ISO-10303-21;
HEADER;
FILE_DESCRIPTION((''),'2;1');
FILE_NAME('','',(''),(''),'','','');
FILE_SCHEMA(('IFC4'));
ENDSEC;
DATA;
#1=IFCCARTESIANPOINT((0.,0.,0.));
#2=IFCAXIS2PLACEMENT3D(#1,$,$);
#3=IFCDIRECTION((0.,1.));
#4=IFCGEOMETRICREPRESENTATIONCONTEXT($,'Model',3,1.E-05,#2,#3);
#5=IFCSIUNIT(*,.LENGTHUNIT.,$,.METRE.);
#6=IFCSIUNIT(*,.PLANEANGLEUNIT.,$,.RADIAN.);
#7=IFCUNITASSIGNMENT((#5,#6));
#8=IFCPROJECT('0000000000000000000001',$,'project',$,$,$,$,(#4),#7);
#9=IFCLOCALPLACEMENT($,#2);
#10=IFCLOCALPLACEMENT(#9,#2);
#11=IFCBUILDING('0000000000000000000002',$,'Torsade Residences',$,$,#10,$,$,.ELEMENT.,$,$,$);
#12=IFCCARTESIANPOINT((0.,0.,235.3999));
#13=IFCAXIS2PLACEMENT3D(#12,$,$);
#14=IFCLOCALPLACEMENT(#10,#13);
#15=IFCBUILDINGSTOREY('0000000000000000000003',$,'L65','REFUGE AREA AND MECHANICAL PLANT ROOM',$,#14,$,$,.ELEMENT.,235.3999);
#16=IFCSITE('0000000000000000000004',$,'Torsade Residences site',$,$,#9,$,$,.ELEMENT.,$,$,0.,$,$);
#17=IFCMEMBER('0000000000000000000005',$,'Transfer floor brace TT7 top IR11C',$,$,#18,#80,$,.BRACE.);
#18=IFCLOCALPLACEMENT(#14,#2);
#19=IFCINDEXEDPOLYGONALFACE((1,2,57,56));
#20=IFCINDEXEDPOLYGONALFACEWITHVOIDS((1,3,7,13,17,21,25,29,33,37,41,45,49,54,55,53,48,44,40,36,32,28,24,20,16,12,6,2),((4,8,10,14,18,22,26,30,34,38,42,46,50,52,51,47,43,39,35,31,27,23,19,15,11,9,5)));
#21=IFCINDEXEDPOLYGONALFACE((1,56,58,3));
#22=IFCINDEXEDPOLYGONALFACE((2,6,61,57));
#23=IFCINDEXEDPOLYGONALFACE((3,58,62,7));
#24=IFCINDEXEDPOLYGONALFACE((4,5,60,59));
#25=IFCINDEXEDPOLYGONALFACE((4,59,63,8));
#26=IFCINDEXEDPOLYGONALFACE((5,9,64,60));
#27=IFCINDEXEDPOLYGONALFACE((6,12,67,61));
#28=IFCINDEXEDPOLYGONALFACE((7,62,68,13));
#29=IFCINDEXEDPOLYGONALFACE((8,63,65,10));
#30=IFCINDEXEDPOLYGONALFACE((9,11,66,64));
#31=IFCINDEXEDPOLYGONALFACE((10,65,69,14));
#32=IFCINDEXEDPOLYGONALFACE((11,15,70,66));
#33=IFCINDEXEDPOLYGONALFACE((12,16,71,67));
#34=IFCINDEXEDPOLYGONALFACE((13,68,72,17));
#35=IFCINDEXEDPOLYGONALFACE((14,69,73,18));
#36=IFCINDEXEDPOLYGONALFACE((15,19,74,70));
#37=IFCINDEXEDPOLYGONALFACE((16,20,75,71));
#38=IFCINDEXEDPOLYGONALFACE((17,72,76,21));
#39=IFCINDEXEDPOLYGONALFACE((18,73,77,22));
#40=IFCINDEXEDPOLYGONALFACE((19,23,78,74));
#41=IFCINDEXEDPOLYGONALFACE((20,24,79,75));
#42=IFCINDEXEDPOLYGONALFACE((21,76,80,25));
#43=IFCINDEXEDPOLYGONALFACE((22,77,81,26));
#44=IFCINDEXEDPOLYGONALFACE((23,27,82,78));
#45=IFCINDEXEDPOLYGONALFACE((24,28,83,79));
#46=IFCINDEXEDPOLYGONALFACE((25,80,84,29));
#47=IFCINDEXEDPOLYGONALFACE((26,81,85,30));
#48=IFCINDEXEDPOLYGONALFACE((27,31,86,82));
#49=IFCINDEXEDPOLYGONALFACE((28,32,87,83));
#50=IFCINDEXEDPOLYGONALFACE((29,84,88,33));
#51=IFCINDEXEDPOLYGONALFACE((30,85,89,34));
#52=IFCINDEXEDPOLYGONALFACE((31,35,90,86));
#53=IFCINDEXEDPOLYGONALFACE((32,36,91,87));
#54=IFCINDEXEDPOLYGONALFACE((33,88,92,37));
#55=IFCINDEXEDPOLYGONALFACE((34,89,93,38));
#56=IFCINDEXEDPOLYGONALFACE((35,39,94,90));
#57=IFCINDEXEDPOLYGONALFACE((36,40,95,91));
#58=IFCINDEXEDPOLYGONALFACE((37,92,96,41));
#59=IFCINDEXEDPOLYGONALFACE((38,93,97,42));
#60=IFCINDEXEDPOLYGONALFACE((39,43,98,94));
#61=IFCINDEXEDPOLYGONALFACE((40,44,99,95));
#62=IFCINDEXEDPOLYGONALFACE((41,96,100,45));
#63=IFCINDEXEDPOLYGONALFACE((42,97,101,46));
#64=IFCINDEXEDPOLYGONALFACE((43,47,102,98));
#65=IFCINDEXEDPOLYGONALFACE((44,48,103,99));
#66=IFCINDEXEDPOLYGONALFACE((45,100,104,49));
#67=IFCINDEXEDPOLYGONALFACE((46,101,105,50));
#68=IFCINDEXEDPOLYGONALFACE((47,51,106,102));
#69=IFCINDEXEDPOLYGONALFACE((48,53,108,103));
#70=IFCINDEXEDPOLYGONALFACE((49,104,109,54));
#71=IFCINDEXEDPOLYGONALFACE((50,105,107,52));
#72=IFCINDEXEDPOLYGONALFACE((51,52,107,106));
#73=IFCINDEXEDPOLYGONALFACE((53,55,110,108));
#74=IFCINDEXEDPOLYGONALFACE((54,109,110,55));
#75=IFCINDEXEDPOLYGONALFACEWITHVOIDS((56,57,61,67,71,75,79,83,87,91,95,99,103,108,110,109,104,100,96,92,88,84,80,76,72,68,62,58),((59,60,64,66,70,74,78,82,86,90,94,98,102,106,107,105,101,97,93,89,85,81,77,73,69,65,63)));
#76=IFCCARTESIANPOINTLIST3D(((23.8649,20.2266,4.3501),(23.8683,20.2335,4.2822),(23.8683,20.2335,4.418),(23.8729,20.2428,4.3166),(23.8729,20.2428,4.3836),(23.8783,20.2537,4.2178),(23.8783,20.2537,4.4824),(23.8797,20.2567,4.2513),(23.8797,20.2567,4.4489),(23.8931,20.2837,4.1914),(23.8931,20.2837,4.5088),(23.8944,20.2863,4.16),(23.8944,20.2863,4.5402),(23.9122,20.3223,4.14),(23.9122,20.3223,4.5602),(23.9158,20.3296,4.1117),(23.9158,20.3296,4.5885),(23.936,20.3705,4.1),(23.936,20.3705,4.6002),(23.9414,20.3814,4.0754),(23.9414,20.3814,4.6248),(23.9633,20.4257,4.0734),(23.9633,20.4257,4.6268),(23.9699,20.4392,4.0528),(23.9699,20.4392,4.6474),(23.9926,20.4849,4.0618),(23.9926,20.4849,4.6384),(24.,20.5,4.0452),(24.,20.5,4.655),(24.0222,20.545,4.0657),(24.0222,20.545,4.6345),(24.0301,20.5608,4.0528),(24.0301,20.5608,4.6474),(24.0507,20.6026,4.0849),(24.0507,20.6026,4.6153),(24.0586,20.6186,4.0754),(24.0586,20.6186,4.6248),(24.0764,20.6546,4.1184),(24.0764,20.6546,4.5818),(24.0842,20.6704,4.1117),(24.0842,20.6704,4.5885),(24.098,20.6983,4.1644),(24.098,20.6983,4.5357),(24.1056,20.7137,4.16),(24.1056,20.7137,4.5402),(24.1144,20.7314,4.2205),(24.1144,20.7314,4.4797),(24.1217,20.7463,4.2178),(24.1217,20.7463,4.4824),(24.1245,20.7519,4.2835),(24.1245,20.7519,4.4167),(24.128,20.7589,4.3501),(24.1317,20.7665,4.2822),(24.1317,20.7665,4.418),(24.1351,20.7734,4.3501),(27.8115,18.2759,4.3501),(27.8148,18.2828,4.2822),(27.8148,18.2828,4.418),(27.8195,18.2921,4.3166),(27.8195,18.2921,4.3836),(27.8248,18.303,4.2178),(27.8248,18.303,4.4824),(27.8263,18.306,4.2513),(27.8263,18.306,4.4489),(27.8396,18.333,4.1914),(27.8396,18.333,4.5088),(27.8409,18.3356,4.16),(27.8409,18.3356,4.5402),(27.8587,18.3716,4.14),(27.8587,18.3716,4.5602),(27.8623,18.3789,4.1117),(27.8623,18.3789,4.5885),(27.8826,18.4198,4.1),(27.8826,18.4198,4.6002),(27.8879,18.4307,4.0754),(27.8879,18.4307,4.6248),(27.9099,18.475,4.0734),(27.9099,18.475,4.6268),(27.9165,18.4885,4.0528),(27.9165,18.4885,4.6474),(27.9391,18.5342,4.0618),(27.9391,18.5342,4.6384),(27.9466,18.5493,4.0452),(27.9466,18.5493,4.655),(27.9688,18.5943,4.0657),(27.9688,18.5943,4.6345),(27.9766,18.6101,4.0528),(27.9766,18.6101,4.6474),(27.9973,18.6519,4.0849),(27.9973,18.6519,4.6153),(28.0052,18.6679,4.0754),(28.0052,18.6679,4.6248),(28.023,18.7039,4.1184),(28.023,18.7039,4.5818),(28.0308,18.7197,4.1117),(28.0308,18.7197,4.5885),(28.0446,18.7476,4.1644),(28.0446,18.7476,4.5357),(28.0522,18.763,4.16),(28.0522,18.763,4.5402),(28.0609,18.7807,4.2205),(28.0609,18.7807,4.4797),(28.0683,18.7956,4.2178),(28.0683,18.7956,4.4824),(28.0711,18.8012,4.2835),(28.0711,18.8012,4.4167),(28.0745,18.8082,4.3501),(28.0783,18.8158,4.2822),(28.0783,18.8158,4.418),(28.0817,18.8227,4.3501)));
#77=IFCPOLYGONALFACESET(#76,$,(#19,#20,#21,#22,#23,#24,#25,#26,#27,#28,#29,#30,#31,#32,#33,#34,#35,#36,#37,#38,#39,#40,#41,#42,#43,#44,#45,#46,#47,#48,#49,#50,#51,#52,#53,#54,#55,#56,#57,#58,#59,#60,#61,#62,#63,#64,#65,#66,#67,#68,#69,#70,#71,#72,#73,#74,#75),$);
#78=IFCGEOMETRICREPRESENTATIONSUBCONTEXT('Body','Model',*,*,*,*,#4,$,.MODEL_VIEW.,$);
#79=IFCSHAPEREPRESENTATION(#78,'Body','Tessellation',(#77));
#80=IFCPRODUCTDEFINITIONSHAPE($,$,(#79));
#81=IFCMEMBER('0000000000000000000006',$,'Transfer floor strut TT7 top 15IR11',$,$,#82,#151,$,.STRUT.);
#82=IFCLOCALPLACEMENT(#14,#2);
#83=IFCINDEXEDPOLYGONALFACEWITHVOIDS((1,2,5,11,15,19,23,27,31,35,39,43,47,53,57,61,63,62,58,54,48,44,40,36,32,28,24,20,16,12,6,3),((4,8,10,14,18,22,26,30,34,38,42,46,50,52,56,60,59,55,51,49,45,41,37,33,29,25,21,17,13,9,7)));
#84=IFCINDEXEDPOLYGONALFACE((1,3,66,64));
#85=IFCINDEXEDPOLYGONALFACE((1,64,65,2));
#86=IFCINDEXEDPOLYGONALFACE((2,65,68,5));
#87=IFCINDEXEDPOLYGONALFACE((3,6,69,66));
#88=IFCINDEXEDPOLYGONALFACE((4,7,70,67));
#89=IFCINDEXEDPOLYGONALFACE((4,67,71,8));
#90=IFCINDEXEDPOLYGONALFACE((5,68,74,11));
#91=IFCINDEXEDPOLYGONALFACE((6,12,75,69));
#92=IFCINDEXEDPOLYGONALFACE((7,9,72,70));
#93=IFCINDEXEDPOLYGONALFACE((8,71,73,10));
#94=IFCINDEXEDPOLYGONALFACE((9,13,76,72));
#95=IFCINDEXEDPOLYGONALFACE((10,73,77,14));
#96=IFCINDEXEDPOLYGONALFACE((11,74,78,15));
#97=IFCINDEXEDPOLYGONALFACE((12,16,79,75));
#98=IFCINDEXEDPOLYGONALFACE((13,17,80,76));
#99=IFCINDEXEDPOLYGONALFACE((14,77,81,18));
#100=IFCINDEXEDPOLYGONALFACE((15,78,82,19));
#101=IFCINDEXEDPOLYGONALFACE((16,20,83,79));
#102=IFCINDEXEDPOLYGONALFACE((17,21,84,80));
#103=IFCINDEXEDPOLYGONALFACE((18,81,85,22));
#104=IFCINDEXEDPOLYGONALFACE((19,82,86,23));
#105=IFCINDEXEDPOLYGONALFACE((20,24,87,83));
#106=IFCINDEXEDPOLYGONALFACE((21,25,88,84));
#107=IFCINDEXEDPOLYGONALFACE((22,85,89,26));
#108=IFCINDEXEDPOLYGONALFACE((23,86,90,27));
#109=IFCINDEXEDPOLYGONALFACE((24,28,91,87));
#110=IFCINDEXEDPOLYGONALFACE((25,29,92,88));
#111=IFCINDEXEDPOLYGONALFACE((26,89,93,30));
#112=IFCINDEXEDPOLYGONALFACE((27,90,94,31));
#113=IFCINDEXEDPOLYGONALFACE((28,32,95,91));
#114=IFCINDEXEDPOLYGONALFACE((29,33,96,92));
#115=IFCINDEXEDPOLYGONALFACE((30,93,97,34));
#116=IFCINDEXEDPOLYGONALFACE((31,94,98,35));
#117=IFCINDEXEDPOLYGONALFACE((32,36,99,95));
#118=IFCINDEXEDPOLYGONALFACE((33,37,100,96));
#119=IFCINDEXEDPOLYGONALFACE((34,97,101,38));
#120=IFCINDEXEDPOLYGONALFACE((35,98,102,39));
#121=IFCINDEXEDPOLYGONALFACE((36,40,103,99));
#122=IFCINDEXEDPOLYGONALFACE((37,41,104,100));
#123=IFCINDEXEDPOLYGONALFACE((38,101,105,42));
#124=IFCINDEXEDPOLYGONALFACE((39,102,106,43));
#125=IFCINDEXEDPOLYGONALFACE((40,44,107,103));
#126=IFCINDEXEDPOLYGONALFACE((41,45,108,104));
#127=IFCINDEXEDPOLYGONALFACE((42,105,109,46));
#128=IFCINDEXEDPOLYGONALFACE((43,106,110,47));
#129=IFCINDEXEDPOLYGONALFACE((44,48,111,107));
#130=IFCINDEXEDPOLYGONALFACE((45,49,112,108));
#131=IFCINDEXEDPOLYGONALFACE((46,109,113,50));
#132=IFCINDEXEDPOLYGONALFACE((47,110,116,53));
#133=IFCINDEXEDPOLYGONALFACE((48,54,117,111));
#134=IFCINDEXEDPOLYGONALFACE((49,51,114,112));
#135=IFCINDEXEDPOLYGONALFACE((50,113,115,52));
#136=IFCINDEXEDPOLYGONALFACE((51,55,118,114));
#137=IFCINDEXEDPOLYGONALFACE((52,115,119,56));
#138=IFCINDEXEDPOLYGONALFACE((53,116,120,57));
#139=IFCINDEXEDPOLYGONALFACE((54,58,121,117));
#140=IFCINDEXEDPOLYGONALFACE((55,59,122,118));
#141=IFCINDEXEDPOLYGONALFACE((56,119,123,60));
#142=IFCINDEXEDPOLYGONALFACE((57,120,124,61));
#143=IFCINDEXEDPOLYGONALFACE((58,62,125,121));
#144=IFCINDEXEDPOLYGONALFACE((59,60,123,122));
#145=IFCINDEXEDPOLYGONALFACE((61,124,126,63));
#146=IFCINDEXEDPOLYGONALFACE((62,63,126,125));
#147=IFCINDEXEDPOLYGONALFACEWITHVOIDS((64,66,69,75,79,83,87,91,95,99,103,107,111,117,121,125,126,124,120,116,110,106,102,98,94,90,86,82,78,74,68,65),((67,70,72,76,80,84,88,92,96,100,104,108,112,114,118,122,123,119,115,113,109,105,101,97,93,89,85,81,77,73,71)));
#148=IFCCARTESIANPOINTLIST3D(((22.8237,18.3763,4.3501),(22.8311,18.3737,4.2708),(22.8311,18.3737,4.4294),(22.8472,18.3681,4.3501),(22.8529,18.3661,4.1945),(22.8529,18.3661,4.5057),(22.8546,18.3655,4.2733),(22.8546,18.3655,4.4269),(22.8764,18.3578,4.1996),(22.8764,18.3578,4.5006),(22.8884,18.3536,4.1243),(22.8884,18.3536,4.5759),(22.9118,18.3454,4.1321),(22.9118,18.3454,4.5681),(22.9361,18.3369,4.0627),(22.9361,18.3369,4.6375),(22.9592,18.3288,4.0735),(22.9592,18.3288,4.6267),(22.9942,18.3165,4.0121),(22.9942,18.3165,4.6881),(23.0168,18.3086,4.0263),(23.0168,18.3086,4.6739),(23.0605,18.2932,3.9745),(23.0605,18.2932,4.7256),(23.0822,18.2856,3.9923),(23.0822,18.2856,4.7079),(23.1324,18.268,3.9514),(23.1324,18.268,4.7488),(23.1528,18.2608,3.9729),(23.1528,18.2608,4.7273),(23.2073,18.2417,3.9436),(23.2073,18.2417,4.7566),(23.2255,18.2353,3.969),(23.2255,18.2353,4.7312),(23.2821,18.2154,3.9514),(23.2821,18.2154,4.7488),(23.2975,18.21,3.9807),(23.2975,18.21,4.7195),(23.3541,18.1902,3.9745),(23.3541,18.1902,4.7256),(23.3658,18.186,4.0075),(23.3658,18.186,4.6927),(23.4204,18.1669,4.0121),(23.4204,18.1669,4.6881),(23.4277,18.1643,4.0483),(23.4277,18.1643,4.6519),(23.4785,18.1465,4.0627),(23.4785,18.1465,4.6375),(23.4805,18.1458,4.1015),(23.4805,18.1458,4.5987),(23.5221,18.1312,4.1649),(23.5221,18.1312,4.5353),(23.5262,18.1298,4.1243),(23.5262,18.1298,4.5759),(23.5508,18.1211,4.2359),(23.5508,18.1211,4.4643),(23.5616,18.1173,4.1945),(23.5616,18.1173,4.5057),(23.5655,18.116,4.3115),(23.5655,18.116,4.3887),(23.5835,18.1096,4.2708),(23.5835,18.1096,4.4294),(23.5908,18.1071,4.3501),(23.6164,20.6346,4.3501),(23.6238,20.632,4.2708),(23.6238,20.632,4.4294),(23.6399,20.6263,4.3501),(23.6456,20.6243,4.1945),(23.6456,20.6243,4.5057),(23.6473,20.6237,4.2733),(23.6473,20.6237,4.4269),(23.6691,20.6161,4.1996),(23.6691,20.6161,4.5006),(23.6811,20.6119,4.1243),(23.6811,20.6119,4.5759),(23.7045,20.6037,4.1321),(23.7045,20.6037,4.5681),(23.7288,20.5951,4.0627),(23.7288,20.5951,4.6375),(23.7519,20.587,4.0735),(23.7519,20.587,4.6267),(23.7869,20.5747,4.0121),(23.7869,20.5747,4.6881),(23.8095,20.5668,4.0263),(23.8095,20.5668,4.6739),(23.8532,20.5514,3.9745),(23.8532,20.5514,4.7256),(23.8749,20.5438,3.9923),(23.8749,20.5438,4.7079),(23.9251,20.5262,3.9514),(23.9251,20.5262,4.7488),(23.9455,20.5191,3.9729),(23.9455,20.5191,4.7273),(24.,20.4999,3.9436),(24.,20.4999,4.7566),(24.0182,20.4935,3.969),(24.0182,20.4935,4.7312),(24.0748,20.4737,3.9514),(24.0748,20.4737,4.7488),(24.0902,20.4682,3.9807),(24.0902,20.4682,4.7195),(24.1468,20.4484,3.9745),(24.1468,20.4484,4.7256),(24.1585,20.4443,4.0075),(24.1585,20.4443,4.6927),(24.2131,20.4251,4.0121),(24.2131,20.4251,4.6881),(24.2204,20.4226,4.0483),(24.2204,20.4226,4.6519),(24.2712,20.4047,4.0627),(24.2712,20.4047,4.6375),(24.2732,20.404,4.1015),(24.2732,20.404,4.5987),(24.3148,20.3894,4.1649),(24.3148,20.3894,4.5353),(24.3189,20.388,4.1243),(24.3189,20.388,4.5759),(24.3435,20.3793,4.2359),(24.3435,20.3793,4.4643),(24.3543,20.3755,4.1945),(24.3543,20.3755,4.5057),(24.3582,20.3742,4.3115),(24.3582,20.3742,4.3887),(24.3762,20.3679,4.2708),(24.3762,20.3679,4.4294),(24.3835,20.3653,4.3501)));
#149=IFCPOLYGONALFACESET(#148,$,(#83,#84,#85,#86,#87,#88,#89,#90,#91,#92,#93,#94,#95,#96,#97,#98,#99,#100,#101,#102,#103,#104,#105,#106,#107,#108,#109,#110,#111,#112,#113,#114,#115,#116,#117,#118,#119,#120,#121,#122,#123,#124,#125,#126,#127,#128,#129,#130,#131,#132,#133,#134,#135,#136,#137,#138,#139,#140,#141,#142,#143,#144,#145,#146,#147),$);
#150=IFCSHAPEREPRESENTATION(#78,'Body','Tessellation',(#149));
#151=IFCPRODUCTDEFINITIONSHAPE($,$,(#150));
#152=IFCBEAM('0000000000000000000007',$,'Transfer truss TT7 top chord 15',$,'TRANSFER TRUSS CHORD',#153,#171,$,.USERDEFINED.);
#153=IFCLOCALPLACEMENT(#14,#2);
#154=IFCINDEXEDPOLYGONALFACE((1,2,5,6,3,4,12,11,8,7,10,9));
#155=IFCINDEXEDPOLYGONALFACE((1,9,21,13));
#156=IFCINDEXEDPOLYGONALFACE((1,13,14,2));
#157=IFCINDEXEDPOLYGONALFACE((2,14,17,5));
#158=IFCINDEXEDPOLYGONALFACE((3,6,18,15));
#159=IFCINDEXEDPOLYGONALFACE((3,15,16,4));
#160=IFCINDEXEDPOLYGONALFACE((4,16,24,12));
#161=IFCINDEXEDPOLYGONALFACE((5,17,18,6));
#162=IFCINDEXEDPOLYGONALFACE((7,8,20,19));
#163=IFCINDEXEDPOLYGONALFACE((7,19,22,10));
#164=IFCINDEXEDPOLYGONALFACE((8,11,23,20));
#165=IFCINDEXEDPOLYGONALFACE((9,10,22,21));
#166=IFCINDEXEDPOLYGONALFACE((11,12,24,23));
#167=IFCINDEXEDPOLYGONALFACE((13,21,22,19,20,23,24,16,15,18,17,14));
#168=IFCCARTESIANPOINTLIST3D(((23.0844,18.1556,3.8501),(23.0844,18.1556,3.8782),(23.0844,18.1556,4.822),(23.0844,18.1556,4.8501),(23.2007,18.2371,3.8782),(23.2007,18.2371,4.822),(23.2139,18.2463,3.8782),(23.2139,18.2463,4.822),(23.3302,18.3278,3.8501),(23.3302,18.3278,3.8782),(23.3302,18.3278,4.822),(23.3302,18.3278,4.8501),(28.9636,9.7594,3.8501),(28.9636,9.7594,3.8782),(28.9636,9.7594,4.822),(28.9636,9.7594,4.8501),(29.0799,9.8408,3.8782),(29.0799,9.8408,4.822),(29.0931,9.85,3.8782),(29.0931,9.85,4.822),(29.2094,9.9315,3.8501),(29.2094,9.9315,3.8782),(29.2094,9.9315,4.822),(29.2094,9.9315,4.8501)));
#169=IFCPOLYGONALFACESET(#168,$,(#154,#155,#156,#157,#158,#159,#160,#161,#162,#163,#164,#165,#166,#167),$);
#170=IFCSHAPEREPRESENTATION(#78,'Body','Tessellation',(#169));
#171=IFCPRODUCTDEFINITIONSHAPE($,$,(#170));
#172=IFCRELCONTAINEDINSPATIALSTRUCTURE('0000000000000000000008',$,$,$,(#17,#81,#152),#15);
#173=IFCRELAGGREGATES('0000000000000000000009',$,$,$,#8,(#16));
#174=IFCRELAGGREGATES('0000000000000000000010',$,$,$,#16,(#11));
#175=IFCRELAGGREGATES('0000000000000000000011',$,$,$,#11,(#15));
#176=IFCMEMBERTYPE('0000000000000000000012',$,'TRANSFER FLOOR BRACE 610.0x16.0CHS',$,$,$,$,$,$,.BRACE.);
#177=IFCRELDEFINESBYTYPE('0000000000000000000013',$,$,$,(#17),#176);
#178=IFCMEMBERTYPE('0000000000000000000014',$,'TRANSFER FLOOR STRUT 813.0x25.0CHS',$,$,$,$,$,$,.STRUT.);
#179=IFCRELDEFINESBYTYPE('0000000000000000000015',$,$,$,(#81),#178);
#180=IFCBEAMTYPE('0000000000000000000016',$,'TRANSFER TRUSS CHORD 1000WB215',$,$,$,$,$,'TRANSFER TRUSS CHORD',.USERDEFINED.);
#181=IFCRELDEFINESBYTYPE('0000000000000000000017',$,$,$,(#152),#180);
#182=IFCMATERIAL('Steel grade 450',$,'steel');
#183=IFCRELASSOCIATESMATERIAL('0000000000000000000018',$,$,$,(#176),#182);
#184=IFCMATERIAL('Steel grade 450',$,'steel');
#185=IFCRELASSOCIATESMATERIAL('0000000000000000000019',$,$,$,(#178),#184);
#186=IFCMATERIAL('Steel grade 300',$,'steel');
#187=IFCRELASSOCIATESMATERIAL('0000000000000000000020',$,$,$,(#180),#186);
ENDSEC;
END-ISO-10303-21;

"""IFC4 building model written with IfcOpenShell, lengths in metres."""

from ifc_helpers import new_model, si_unit, direction, frame, origin, origin_2d, place, context, subcontext, project, spatial, hollow_circle, i_section, extrude, material, material_profile, profile_set, type_object, element, save


model = new_model("IFC4")

# Units and contexts
model_context = context("Model", 3, precision=1e-05, world=origin(), true_north=direction((0.0, 1.0)))
body_context = subcontext(model_context, "Body", "Model", "MODEL_VIEW")
ifc_project = project(units=[si_unit("LENGTHUNIT", "METRE"), si_unit("PLANEANGLEUNIT", "RADIAN")], contexts=[model_context])

# Site, building, storey
site_placement = place(None, origin())
site = spatial("IfcSite", under=ifc_project, at=site_placement, Name="Torsade Residences site", CompositionType="ELEMENT", RefElevation=0.0)
building_placement = place(site_placement, origin())
building = spatial("IfcBuilding", under=site, at=building_placement, Name="Torsade Residences", CompositionType="ELEMENT")
storey_placement = place(building_placement, frame((0.0, 0.0, 235.3999)))
storey = spatial("IfcBuildingStorey", under=building, at=storey_placement, Name="L65", Description="REFUGE AREA AND MECHANICAL PLANT ROOM", CompositionType="ELEMENT", Elevation=235.3999)

# Members
ifc_material_1 = material(Name="Steel grade 450", Category="steel")
ifc_material_profile_1 = material_profile(ifc_material_1, hollow_circle(Radius=0.3049, WallThickness=0.0161, at=origin_2d()), Name="610.0x16.0CHS")
ifc_profile_set_1 = profile_set([ifc_material_profile_1], Name="Steel grade 450")
member_type_1 = type_object("IfcMemberType", Name="TRANSFER FLOOR BRACE 610.0x16.0CHS", PredefinedType="BRACE", material=ifc_profile_set_1)
member_1_placement = place(storey_placement, frame((24.0, 20.5, 4.3501), z_axis=(0.89647, -0.443105, 0.0), x_axis=(0.443105, 0.89647, 0.0)))
element("IfcMember", 1, at=member_1_placement, inside=storey, type_object=member_type_1, Name="Transfer floor brace TT7 top IR11C", PredefinedType="BRACE", context=body_context, shape_type="SweptSolid", body=[
    extrude(hollow_circle(Radius=0.3049, WallThickness=0.0161, at=origin_2d()), origin(), (0.0, 0.0, 1.0), 4.4023),
])
ifc_material_2 = material(Name="Steel grade 450", Category="steel")
ifc_material_profile_2 = material_profile(ifc_material_2, hollow_circle(Radius=0.4065, WallThickness=0.0249, at=origin_2d()), Name="813.0x25.0CHS")
ifc_profile_set_2 = profile_set([ifc_material_profile_2], Name="Steel grade 450")
member_type_2 = type_object("IfcMemberType", Name="TRANSFER FLOOR STRUT 813.0x25.0CHS", PredefinedType="STRUT", material=ifc_profile_set_2)
member_2_placement = place(storey_placement, frame((23.2073, 18.2417, 4.3501), z_axis=(0.331214, 0.943556, 0.0), x_axis=(-0.943556, 0.331214, 0.0)))
element("IfcMember", 2, at=member_2_placement, inside=storey, type_object=member_type_2, Name="Transfer floor strut TT7 top 15IR11", PredefinedType="STRUT", context=body_context, shape_type="SweptSolid", body=[
    extrude(hollow_circle(Radius=0.4065, WallThickness=0.0249, at=origin_2d()), origin(), (0.0, 0.0, 1.0), 2.3933),
])

# Beam
ifc_material_3 = material(Name="Steel grade 300", Category="steel")
ifc_material_profile_3 = material_profile(ifc_material_3, i_section(OverallWidth=0.3, OverallDepth=1.0, WebThickness=0.0161, FlangeThickness=0.0281, at=origin_2d()), Name="1000WB215")
ifc_profile_set_3 = profile_set([ifc_material_profile_3], Name="Steel grade 300")
beam_type_1 = type_object("IfcBeamType", Name="TRANSFER TRUSS CHORD 1000WB215", ElementType="TRANSFER TRUSS CHORD", PredefinedType="USERDEFINED", material=ifc_profile_set_3)
beam_1_placement = place(storey_placement, frame((23.2073, 18.2417, 4.3501), z_axis=(0.573579, -0.81915, 0.0), x_axis=(0.81915, 0.573579, 0.0)))
element("IfcBeam", 3, at=beam_1_placement, inside=storey, type_object=beam_type_1, Name="Transfer truss TT7 top chord 15", ObjectType="TRANSFER TRUSS CHORD", PredefinedType="USERDEFINED", context=body_context, shape_type="SweptSolid", body=[
    extrude(i_section(OverallWidth=0.3, OverallDepth=1.0, WebThickness=0.0161, FlangeThickness=0.0281, at=origin_2d()), origin(), (0.0, 0.0, 1.0), 10.25),
])

save(model, "model.ifc")
